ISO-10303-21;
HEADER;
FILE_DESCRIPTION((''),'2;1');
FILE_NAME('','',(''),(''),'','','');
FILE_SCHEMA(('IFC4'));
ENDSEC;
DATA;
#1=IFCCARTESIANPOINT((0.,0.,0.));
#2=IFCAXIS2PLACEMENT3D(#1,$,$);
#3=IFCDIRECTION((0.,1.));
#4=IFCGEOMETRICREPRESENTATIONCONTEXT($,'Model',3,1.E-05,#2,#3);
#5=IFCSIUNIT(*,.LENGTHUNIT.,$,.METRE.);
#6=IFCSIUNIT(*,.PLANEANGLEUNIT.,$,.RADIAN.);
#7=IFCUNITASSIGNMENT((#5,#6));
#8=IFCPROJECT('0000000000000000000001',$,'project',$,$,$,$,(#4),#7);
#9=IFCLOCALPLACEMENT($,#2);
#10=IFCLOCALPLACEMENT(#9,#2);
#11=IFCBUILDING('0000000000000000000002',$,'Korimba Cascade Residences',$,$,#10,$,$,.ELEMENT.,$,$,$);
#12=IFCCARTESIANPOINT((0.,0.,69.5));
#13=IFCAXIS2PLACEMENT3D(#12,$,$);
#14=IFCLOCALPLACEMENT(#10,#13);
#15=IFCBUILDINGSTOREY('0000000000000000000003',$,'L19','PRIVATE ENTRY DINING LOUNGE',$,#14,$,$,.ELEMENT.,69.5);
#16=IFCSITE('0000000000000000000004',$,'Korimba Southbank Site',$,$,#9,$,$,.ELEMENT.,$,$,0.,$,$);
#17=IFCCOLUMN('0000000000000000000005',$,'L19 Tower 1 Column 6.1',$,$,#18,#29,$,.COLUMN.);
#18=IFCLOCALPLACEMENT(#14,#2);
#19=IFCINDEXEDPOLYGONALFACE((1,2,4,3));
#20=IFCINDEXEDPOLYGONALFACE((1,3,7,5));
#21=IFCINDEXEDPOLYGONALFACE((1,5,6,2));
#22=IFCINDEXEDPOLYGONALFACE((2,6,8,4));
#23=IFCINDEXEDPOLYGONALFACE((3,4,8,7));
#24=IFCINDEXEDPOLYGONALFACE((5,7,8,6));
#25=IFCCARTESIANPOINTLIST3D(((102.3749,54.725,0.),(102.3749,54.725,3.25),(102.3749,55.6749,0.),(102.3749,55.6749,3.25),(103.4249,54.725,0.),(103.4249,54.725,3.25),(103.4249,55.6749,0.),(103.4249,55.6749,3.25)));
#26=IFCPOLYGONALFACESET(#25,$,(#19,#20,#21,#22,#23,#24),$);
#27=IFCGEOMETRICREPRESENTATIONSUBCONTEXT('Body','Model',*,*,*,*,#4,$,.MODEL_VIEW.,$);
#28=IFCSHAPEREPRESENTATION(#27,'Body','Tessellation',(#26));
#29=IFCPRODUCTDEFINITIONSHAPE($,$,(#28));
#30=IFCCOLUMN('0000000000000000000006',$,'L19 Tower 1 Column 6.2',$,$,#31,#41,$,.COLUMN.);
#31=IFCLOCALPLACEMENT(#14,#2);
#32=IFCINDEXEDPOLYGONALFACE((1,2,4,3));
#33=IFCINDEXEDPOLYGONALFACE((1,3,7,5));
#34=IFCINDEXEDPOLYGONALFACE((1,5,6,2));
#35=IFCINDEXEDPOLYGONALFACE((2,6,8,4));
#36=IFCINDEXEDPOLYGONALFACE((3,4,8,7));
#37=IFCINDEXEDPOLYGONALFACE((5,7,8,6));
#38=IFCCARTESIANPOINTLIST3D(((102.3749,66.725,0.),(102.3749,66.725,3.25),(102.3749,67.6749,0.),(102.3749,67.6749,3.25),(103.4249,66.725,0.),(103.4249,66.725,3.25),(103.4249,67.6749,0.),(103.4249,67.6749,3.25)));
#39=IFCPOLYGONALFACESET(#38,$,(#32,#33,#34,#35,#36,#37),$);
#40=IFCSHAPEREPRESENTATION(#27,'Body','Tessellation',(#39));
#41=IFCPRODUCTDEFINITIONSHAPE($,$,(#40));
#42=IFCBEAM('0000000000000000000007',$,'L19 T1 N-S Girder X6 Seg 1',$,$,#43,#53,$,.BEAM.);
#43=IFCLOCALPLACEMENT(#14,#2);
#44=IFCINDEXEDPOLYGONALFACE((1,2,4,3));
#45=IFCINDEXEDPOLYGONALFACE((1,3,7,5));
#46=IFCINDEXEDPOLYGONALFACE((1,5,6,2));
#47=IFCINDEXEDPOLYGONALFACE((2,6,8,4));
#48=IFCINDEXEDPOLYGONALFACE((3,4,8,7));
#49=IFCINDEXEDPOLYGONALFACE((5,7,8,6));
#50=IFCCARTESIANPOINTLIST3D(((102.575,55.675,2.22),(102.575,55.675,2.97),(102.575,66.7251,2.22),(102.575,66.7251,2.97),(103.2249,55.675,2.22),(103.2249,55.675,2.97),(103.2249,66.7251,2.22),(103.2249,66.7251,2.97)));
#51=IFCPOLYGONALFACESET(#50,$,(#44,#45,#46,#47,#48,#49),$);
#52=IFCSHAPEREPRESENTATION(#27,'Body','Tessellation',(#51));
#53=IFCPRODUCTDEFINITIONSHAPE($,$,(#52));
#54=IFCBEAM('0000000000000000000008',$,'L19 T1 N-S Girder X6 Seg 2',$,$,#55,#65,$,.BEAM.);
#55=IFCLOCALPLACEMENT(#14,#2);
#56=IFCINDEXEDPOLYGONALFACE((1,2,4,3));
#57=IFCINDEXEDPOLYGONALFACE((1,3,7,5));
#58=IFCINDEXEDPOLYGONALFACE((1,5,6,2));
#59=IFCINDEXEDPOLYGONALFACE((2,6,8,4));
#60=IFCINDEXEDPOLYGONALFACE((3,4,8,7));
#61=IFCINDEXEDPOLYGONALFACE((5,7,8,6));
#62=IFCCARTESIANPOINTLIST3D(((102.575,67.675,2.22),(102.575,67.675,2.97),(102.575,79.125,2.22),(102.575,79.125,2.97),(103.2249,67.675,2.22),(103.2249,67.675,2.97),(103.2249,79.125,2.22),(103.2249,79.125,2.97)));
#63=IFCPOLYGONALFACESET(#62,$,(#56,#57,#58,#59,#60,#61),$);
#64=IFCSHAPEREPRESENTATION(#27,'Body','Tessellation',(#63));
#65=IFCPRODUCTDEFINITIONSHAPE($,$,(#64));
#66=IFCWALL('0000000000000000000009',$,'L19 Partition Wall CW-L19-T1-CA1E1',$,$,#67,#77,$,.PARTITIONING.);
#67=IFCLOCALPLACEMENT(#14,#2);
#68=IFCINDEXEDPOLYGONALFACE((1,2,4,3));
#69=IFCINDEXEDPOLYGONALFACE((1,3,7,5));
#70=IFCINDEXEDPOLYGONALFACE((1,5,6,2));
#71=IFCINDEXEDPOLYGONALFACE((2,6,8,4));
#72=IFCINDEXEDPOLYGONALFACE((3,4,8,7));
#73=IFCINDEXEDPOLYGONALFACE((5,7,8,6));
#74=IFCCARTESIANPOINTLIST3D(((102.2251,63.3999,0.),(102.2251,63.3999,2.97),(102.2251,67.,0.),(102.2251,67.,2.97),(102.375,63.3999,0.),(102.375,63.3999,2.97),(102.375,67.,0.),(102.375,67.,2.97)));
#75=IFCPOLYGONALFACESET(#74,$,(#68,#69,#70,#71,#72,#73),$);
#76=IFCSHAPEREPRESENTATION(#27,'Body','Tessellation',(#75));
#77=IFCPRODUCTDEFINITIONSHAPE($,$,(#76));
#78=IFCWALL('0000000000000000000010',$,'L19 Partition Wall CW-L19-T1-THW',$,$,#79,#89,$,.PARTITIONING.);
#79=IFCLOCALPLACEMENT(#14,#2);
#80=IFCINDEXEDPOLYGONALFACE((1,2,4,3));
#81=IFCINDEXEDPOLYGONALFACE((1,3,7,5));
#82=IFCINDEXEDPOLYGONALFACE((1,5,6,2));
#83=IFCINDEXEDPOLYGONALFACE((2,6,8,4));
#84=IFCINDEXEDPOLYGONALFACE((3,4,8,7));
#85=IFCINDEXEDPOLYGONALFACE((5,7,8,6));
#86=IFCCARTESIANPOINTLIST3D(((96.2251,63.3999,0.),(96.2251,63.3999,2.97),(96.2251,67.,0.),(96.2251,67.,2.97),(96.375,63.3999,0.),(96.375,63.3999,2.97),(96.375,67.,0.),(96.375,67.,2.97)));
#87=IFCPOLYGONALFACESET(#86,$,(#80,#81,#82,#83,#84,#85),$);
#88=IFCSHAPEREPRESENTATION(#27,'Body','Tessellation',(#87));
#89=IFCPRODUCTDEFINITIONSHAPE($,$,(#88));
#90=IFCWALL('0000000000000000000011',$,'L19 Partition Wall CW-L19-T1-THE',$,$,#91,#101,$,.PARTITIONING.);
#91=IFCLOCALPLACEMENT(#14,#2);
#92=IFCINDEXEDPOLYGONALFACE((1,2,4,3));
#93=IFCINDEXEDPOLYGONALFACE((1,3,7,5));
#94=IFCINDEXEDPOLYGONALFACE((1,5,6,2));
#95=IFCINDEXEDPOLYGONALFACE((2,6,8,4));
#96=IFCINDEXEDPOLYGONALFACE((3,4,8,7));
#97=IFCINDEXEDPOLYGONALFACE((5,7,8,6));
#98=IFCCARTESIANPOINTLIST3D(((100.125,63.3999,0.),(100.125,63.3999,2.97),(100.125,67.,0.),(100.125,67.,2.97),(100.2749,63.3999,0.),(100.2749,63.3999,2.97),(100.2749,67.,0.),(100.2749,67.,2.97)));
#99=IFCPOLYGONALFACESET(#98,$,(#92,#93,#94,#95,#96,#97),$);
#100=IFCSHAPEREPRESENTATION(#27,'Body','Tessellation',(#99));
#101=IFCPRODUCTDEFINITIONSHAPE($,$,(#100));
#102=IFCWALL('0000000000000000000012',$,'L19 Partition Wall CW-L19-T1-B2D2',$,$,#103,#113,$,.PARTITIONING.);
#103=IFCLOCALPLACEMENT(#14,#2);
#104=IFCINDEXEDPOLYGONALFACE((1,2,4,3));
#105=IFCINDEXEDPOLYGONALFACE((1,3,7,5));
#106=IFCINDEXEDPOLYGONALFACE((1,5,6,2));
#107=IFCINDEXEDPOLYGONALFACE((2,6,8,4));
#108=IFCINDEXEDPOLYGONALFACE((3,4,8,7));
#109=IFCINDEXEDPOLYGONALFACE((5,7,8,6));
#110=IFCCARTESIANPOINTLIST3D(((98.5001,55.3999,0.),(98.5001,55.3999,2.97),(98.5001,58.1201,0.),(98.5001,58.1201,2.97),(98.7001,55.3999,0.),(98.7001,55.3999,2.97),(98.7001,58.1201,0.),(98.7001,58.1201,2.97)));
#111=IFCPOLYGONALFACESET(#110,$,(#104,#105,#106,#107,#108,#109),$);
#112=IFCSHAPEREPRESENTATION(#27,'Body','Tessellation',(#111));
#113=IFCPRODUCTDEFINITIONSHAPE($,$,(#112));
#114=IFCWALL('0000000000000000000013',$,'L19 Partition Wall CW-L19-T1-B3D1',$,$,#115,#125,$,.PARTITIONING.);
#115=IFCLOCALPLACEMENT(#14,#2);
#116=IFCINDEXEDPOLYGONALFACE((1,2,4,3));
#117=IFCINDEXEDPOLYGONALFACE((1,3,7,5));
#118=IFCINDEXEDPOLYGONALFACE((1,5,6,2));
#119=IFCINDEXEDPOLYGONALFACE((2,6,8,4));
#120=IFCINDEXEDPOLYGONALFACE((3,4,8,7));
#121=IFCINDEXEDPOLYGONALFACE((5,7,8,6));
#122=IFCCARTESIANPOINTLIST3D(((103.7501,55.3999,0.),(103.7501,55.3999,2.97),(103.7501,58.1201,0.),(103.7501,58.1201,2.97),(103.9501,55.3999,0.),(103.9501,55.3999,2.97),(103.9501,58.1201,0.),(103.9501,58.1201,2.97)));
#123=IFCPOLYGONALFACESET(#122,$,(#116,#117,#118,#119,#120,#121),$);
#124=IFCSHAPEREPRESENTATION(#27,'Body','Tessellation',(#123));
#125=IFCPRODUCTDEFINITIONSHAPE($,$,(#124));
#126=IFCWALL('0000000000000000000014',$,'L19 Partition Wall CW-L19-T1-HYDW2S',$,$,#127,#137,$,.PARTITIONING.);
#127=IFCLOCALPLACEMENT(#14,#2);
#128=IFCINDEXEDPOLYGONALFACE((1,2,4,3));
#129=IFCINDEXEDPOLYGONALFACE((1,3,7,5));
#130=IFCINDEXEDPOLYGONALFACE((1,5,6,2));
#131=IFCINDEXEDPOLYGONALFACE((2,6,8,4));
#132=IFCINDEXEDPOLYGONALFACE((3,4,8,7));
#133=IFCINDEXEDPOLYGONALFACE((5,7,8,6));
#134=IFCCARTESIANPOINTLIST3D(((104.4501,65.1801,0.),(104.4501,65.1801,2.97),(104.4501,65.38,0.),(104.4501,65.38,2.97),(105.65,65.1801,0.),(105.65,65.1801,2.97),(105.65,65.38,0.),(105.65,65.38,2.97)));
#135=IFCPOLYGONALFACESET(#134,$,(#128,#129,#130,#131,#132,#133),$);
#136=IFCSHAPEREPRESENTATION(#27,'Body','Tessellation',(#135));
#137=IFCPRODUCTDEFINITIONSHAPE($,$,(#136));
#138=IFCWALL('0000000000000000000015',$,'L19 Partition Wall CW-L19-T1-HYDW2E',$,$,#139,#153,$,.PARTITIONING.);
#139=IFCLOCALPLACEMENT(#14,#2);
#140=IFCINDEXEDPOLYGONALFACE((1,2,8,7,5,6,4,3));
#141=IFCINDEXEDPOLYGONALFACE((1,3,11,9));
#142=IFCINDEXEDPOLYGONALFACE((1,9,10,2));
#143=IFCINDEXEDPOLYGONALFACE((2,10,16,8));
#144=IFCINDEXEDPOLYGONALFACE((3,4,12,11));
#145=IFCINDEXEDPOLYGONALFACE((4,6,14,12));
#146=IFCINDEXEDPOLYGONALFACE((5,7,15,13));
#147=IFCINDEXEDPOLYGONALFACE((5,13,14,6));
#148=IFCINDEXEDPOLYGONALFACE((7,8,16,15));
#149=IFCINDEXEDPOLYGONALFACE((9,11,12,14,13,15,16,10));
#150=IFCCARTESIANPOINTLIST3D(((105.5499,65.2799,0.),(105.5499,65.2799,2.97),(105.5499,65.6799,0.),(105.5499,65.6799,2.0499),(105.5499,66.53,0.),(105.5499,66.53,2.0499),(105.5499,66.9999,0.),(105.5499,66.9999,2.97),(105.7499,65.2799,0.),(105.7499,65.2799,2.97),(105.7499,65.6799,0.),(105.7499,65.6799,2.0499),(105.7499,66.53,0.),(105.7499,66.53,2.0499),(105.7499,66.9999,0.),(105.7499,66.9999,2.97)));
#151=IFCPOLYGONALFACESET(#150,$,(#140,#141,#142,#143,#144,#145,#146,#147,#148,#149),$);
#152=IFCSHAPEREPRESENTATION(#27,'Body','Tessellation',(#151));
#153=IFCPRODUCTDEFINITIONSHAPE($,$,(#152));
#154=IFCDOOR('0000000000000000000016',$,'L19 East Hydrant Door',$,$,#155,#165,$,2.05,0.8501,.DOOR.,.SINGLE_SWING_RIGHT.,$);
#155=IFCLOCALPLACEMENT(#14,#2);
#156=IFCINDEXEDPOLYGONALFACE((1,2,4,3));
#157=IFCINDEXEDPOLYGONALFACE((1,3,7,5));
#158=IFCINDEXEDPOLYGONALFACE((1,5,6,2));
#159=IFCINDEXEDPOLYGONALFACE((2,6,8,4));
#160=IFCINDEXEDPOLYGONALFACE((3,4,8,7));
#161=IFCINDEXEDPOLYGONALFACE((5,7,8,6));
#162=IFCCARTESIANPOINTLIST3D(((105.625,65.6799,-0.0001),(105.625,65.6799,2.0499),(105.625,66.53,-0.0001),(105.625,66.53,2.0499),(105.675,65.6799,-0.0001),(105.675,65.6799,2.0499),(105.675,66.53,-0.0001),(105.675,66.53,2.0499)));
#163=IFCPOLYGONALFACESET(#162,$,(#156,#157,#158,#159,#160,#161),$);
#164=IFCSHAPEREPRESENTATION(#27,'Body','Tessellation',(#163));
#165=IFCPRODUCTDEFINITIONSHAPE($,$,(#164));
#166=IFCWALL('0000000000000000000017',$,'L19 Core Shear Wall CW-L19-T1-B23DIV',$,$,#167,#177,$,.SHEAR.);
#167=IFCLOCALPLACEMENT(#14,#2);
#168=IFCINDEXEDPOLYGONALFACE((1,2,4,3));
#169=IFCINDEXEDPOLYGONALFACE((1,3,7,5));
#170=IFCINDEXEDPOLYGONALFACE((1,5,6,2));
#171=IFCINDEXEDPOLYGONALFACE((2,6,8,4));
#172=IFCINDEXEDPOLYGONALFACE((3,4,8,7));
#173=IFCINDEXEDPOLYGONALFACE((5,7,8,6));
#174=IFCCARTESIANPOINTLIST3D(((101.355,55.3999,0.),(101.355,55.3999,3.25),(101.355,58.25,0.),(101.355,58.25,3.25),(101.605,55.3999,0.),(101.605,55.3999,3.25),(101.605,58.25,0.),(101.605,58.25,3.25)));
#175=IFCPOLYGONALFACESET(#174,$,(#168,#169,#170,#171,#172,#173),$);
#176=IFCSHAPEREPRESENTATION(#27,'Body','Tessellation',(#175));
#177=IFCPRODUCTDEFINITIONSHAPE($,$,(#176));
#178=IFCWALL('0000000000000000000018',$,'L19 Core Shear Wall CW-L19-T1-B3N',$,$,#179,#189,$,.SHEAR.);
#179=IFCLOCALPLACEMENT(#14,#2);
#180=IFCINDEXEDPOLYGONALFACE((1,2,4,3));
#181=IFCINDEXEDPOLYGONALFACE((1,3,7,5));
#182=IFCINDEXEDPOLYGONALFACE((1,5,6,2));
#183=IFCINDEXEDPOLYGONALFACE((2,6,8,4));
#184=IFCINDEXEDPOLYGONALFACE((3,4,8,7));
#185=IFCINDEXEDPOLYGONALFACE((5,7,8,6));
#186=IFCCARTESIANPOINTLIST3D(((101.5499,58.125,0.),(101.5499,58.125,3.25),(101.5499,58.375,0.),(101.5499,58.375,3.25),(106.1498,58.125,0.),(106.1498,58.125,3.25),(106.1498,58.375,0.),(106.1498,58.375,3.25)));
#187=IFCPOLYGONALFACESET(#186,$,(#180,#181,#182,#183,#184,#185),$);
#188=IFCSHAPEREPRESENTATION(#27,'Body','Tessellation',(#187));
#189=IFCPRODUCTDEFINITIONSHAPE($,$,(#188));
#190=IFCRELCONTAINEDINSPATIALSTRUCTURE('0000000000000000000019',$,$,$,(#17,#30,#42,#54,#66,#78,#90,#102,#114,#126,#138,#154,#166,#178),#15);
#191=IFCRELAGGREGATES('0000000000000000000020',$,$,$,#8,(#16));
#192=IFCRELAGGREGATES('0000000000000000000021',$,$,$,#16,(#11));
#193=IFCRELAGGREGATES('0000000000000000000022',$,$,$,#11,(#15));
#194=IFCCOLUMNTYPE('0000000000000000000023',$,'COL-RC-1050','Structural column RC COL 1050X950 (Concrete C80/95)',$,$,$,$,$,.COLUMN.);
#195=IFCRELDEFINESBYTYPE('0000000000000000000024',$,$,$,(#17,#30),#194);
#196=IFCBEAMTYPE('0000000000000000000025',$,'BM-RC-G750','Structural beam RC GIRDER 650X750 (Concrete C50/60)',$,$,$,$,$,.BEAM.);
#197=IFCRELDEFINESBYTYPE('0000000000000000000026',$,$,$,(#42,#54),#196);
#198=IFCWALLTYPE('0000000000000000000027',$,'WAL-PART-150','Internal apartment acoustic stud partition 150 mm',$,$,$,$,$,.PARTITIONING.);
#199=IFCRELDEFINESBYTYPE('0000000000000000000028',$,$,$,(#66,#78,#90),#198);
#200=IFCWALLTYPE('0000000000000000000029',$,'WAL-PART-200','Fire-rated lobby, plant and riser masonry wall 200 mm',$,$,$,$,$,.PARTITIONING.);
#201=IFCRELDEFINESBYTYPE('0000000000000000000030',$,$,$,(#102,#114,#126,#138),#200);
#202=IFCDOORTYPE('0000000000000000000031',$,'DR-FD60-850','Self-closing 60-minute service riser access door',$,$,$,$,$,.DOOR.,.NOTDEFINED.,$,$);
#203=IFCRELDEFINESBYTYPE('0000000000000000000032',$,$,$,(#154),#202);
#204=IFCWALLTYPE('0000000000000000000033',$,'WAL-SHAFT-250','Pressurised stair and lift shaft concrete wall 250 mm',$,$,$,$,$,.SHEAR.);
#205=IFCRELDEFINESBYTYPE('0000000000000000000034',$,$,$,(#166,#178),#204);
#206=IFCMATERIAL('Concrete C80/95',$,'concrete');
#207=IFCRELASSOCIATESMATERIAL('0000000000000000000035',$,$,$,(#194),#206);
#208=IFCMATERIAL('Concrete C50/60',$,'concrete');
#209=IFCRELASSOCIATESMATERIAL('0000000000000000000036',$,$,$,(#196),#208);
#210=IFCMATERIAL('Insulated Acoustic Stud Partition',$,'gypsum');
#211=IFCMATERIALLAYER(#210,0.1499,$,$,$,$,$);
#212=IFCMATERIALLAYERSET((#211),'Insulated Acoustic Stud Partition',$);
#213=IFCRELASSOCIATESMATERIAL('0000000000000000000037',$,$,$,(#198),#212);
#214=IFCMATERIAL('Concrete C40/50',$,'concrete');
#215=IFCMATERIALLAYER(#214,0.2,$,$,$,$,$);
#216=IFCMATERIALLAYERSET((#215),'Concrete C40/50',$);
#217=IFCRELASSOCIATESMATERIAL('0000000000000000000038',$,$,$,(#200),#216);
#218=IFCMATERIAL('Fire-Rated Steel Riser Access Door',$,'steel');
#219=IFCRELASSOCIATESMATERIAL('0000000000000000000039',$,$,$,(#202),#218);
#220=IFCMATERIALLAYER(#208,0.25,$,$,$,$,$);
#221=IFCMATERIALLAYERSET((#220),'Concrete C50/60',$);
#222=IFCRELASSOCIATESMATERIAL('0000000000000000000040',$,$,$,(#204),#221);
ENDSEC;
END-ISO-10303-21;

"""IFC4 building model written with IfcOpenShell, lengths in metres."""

from ifc_helpers import new_model, si_unit, direction, frame, frame_2d, origin, origin_2d, place, context, subcontext, project, spatial, rectangle, extrude, material, layer, layer_set, material_profile, profile_set, type_object, element, fill, save


model = new_model("IFC4")

# Units and contexts
model_context = context("Model", 3, precision=1e-05, world=origin(), true_north=direction((0.0, 1.0)))
body_context = subcontext(model_context, "Body", "Model", "MODEL_VIEW")
ifc_project = project(units=[si_unit("LENGTHUNIT", "METRE"), si_unit("PLANEANGLEUNIT", "RADIAN")], contexts=[model_context])

# Site, building, storey
site_placement = place(None, origin())
site = spatial("IfcSite", under=ifc_project, at=site_placement, Name="Korimba Southbank Site", CompositionType="ELEMENT", RefElevation=0.0)
building_placement = place(site_placement, origin())
building = spatial("IfcBuilding", under=site, at=building_placement, Name="Korimba Cascade Residences", CompositionType="ELEMENT")
storey_placement = place(building_placement, frame((0.0, 0.0, 69.5)))
storey = spatial("IfcBuildingStorey", under=building, at=storey_placement, Name="L19", Description="PRIVATE ENTRY DINING LOUNGE", CompositionType="ELEMENT", Elevation=69.5)

# Columns
ifc_material_1 = material(Name="Concrete C80/95", Category="concrete")
ifc_material_profile_1 = material_profile(ifc_material_1, rectangle(XDim=1.05, YDim=0.95, at=origin_2d()), Name="Concrete C80/95")
ifc_profile_set_1 = profile_set([ifc_material_profile_1], Name="Concrete C80/95")
column_type = type_object("IfcColumnType", Name="COL-RC-1050", Description="Structural column RC COL 1050X950 (Concrete C80/95)", PredefinedType="COLUMN", material=ifc_profile_set_1)
for number, where, z_axis, x_axis, name in (
    (1, (102.8999, 55.2, 0.0), (0.0, 0.0, 1.0), (1.0, 0.0, 0.0), "L19 Tower 1 Column 6.1"),
    (2, (102.8999, 67.2, 0.0), (0.0, 0.0, 1.0), (1.0, 0.0, 0.0), "L19 Tower 1 Column 6.2"),
):
    element("IfcColumn", number, at=place(storey_placement, frame(where, z_axis=z_axis, x_axis=x_axis)), inside=storey, type_object=column_type, Name=name, PredefinedType="COLUMN", context=body_context, shape_type="SweptSolid", body=[
        extrude(rectangle(XDim=1.05, YDim=0.95, at=origin_2d()), origin(), (0.0, 0.0, 1.0), 3.25),
    ])

# Beams
ifc_material_2 = material(Name="Concrete C50/60", Category="concrete")
ifc_material_profile_2 = material_profile(ifc_material_2, rectangle(XDim=0.6499, YDim=0.75, at=origin_2d()), Name="Concrete C50/60")
ifc_profile_set_2 = profile_set([ifc_material_profile_2], Name="Concrete C50/60")
beam_type = type_object("IfcBeamType", Name="BM-RC-G750", Description="Structural beam RC GIRDER 650X750 (Concrete C50/60)", PredefinedType="BEAM", material=ifc_profile_set_2)
beam_1_placement = place(storey_placement, frame((102.8999, 55.675, 2.595), z_axis=(0.0, 1.0, 0.0), x_axis=(-1.0, 0.0, 0.0)))
element("IfcBeam", 3, at=beam_1_placement, inside=storey, type_object=beam_type, Name="L19 T1 N-S Girder X6 Seg 1", PredefinedType="BEAM", context=body_context, shape_type="SweptSolid", body=[
    extrude(rectangle(XDim=0.6499, YDim=0.75, at=origin_2d()), origin(), (0.0, 0.0, 1.0), 11.05),
])
beam_2_placement = place(storey_placement, frame((102.8999, 67.675, 2.595), z_axis=(0.0, 1.0, 0.0), x_axis=(-1.0, 0.0, 0.0)))
element("IfcBeam", 4, at=beam_2_placement, inside=storey, type_object=beam_type, Name="L19 T1 N-S Girder X6 Seg 2", PredefinedType="BEAM", context=body_context, shape_type="SweptSolid", body=[
    extrude(rectangle(XDim=0.6499, YDim=0.75, at=origin_2d()), origin(), (0.0, 0.0, 1.0), 11.45),
])

# Walls
ifc_material_3 = material(Name="Insulated Acoustic Stud Partition", Category="gypsum")
ifc_layer_1 = layer(ifc_material_3, 0.1499)
ifc_layer_set_1 = layer_set([ifc_layer_1], Name="Insulated Acoustic Stud Partition")
wall_type_1 = type_object("IfcWallType", Name="WAL-PART-150", Description="Internal apartment acoustic stud partition 150 mm", PredefinedType="PARTITIONING", material=ifc_layer_set_1)
for number, where, z_axis, x_axis, name in (
    (5, (102.3, 63.3999, 0.0), (0.0, 0.0, 1.0), (0.0, 1.0, 0.0), "L19 Partition Wall CW-L19-T1-CA1E1"),
    (6, (96.3, 63.3999, 0.0), (0.0, 0.0, 1.0), (0.0, 1.0, 0.0), "L19 Partition Wall CW-L19-T1-THW"),
    (7, (100.2, 63.3999, 0.0), (0.0, 0.0, 1.0), (0.0, 1.0, 0.0), "L19 Partition Wall CW-L19-T1-THE"),
):
    element("IfcWall", number, at=place(storey_placement, frame(where, z_axis=z_axis, x_axis=x_axis)), inside=storey, type_object=wall_type_1, Name=name, PredefinedType="PARTITIONING", context=body_context, shape_type="SweptSolid", body=[
        extrude(rectangle(XDim=3.6001, YDim=0.1499, at=frame_2d((1.8, 0.0))), origin(), (0.0, 0.0, 1.0), 2.97),
    ])
ifc_material_4 = material(Name="Concrete C40/50", Category="concrete")
ifc_layer_2 = layer(ifc_material_4, 0.2)
ifc_layer_set_2 = layer_set([ifc_layer_2], Name="Concrete C40/50")
wall_type_2 = type_object("IfcWallType", Name="WAL-PART-200", Description="Fire-rated lobby, plant and riser masonry wall 200 mm", PredefinedType="PARTITIONING", material=ifc_layer_set_2)
for number, where, z_axis, x_axis, name in (
    (8, (98.6001, 55.3999, 0.0), (0.0, 0.0, 1.0), (0.0, 1.0, 0.0), "L19 Partition Wall CW-L19-T1-B2D2"),
    (9, (103.8501, 55.3999, 0.0), (0.0, 0.0, 1.0), (0.0, 1.0, 0.0), "L19 Partition Wall CW-L19-T1-B3D1"),
):
    element("IfcWall", number, at=place(storey_placement, frame(where, z_axis=z_axis, x_axis=x_axis)), inside=storey, type_object=wall_type_2, Name=name, PredefinedType="PARTITIONING", context=body_context, shape_type="SweptSolid", body=[
        extrude(rectangle(XDim=2.7202, YDim=0.2, at=frame_2d((1.3601, 0.0))), origin(), (0.0, 0.0, 1.0), 2.97),
    ])
wall_1_placement = place(storey_placement, frame((104.45, 65.28, 0.0), z_axis=(0.0, 0.0, 1.0), x_axis=(1.0, 0.0, 0.0)))
element("IfcWall", 10, at=wall_1_placement, inside=storey, type_object=wall_type_2, Name="L19 Partition Wall CW-L19-T1-HYDW2S", PredefinedType="PARTITIONING", context=body_context, shape_type="SweptSolid", body=[
    extrude(rectangle(XDim=1.2, YDim=0.2, at=frame_2d((0.6001, 0.0))), origin(), (0.0, 0.0, 1.0), 2.97),
])

# Wall, opening, door
wall_2_placement = place(storey_placement, frame((105.6499, 65.28, 0.0), z_axis=(0.0, 0.0, 1.0), x_axis=(0.0, 1.0, 0.0)))
wall_2 = element("IfcWall", 11, at=wall_2_placement, inside=storey, type_object=wall_type_2, Name="L19 Partition Wall CW-L19-T1-HYDW2E", PredefinedType="PARTITIONING", context=body_context, shape_type="SweptSolid", body=[
    extrude(rectangle(XDim=1.72, YDim=0.2, at=frame_2d((0.8599, 0.0))), origin(), (0.0, 0.0, 1.0), 2.97),
])
opening_1_placement = place(wall_2_placement, frame((0.3999, 0.0, 0.0)))
opening_1 = element("IfcOpeningElement", 12, at=opening_1_placement, cuts=wall_2, PredefinedType="OPENING", context=body_context, shape_type="SweptSolid", body=[
    extrude(rectangle(XDim=0.8501, YDim=2.05, at=frame_2d((0.425, 1.0249))), frame((0.0, 0.1099, 0.0), z_axis=(0.0, -1.0, 0.0), x_axis=(1.0, 0.0, 0.0)), (0.0, 0.0, 1.0), 0.22),
])
ifc_material_5 = material(Name="Fire-Rated Steel Riser Access Door", Category="steel")
door_type_1 = type_object("IfcDoorType", Name="DR-FD60-850", Description="Self-closing 60-minute service riser access door", OperationType="NOTDEFINED", PredefinedType="DOOR", material=ifc_material_5)
door_1_placement = place(opening_1_placement, origin())
door_1 = element("IfcDoor", 13, at=door_1_placement, inside=storey, type_object=door_type_1, Name="L19 East Hydrant Door", OperationType="SINGLE_SWING_RIGHT", OverallHeight=2.05, OverallWidth=0.8501, PredefinedType="DOOR", context=body_context, shape_type="SweptSolid", body=[
    extrude(rectangle(XDim=0.8501, YDim=2.05, at=frame_2d((0.425, 1.0249))), frame((0.0, 0.0249, 0.0), z_axis=(0.0, -1.0, 0.0), x_axis=(1.0, 0.0, 0.0)), (0.0, 0.0, 1.0), 0.05),
])
fill(opening_1, door_1)

# Walls
ifc_layer_3 = layer(ifc_material_2, 0.25)
ifc_layer_set_3 = layer_set([ifc_layer_3], Name="Concrete C50/60")
wall_type_3 = type_object("IfcWallType", Name="WAL-SHAFT-250", Description="Pressurised stair and lift shaft concrete wall 250 mm", PredefinedType="SHEAR", material=ifc_layer_set_3)
wall_3_placement = place(storey_placement, frame((101.48, 55.3999, 0.0), z_axis=(0.0, 0.0, 1.0), x_axis=(0.0, 1.0, 0.0)))
element("IfcWall", 14, at=wall_3_placement, inside=storey, type_object=wall_type_3, Name="L19 Core Shear Wall CW-L19-T1-B23DIV", PredefinedType="SHEAR", context=body_context, shape_type="SweptSolid", body=[
    extrude(rectangle(XDim=2.8501, YDim=0.25, at=frame_2d((1.425, 0.0))), origin(), (0.0, 0.0, 1.0), 3.25),
])
wall_4_placement = place(storey_placement, frame((101.55, 58.25, 0.0), z_axis=(0.0, 0.0, 1.0), x_axis=(1.0, 0.0, 0.0)))
element("IfcWall", 15, at=wall_4_placement, inside=storey, type_object=wall_type_3, Name="L19 Core Shear Wall CW-L19-T1-B3N", PredefinedType="SHEAR", context=body_context, shape_type="SweptSolid", body=[
    extrude(rectangle(XDim=4.5999, YDim=0.25, at=frame_2d((2.2998, 0.0))), origin(), (0.0, 0.0, 1.0), 3.25),
])

save(model, "model.ifc")
